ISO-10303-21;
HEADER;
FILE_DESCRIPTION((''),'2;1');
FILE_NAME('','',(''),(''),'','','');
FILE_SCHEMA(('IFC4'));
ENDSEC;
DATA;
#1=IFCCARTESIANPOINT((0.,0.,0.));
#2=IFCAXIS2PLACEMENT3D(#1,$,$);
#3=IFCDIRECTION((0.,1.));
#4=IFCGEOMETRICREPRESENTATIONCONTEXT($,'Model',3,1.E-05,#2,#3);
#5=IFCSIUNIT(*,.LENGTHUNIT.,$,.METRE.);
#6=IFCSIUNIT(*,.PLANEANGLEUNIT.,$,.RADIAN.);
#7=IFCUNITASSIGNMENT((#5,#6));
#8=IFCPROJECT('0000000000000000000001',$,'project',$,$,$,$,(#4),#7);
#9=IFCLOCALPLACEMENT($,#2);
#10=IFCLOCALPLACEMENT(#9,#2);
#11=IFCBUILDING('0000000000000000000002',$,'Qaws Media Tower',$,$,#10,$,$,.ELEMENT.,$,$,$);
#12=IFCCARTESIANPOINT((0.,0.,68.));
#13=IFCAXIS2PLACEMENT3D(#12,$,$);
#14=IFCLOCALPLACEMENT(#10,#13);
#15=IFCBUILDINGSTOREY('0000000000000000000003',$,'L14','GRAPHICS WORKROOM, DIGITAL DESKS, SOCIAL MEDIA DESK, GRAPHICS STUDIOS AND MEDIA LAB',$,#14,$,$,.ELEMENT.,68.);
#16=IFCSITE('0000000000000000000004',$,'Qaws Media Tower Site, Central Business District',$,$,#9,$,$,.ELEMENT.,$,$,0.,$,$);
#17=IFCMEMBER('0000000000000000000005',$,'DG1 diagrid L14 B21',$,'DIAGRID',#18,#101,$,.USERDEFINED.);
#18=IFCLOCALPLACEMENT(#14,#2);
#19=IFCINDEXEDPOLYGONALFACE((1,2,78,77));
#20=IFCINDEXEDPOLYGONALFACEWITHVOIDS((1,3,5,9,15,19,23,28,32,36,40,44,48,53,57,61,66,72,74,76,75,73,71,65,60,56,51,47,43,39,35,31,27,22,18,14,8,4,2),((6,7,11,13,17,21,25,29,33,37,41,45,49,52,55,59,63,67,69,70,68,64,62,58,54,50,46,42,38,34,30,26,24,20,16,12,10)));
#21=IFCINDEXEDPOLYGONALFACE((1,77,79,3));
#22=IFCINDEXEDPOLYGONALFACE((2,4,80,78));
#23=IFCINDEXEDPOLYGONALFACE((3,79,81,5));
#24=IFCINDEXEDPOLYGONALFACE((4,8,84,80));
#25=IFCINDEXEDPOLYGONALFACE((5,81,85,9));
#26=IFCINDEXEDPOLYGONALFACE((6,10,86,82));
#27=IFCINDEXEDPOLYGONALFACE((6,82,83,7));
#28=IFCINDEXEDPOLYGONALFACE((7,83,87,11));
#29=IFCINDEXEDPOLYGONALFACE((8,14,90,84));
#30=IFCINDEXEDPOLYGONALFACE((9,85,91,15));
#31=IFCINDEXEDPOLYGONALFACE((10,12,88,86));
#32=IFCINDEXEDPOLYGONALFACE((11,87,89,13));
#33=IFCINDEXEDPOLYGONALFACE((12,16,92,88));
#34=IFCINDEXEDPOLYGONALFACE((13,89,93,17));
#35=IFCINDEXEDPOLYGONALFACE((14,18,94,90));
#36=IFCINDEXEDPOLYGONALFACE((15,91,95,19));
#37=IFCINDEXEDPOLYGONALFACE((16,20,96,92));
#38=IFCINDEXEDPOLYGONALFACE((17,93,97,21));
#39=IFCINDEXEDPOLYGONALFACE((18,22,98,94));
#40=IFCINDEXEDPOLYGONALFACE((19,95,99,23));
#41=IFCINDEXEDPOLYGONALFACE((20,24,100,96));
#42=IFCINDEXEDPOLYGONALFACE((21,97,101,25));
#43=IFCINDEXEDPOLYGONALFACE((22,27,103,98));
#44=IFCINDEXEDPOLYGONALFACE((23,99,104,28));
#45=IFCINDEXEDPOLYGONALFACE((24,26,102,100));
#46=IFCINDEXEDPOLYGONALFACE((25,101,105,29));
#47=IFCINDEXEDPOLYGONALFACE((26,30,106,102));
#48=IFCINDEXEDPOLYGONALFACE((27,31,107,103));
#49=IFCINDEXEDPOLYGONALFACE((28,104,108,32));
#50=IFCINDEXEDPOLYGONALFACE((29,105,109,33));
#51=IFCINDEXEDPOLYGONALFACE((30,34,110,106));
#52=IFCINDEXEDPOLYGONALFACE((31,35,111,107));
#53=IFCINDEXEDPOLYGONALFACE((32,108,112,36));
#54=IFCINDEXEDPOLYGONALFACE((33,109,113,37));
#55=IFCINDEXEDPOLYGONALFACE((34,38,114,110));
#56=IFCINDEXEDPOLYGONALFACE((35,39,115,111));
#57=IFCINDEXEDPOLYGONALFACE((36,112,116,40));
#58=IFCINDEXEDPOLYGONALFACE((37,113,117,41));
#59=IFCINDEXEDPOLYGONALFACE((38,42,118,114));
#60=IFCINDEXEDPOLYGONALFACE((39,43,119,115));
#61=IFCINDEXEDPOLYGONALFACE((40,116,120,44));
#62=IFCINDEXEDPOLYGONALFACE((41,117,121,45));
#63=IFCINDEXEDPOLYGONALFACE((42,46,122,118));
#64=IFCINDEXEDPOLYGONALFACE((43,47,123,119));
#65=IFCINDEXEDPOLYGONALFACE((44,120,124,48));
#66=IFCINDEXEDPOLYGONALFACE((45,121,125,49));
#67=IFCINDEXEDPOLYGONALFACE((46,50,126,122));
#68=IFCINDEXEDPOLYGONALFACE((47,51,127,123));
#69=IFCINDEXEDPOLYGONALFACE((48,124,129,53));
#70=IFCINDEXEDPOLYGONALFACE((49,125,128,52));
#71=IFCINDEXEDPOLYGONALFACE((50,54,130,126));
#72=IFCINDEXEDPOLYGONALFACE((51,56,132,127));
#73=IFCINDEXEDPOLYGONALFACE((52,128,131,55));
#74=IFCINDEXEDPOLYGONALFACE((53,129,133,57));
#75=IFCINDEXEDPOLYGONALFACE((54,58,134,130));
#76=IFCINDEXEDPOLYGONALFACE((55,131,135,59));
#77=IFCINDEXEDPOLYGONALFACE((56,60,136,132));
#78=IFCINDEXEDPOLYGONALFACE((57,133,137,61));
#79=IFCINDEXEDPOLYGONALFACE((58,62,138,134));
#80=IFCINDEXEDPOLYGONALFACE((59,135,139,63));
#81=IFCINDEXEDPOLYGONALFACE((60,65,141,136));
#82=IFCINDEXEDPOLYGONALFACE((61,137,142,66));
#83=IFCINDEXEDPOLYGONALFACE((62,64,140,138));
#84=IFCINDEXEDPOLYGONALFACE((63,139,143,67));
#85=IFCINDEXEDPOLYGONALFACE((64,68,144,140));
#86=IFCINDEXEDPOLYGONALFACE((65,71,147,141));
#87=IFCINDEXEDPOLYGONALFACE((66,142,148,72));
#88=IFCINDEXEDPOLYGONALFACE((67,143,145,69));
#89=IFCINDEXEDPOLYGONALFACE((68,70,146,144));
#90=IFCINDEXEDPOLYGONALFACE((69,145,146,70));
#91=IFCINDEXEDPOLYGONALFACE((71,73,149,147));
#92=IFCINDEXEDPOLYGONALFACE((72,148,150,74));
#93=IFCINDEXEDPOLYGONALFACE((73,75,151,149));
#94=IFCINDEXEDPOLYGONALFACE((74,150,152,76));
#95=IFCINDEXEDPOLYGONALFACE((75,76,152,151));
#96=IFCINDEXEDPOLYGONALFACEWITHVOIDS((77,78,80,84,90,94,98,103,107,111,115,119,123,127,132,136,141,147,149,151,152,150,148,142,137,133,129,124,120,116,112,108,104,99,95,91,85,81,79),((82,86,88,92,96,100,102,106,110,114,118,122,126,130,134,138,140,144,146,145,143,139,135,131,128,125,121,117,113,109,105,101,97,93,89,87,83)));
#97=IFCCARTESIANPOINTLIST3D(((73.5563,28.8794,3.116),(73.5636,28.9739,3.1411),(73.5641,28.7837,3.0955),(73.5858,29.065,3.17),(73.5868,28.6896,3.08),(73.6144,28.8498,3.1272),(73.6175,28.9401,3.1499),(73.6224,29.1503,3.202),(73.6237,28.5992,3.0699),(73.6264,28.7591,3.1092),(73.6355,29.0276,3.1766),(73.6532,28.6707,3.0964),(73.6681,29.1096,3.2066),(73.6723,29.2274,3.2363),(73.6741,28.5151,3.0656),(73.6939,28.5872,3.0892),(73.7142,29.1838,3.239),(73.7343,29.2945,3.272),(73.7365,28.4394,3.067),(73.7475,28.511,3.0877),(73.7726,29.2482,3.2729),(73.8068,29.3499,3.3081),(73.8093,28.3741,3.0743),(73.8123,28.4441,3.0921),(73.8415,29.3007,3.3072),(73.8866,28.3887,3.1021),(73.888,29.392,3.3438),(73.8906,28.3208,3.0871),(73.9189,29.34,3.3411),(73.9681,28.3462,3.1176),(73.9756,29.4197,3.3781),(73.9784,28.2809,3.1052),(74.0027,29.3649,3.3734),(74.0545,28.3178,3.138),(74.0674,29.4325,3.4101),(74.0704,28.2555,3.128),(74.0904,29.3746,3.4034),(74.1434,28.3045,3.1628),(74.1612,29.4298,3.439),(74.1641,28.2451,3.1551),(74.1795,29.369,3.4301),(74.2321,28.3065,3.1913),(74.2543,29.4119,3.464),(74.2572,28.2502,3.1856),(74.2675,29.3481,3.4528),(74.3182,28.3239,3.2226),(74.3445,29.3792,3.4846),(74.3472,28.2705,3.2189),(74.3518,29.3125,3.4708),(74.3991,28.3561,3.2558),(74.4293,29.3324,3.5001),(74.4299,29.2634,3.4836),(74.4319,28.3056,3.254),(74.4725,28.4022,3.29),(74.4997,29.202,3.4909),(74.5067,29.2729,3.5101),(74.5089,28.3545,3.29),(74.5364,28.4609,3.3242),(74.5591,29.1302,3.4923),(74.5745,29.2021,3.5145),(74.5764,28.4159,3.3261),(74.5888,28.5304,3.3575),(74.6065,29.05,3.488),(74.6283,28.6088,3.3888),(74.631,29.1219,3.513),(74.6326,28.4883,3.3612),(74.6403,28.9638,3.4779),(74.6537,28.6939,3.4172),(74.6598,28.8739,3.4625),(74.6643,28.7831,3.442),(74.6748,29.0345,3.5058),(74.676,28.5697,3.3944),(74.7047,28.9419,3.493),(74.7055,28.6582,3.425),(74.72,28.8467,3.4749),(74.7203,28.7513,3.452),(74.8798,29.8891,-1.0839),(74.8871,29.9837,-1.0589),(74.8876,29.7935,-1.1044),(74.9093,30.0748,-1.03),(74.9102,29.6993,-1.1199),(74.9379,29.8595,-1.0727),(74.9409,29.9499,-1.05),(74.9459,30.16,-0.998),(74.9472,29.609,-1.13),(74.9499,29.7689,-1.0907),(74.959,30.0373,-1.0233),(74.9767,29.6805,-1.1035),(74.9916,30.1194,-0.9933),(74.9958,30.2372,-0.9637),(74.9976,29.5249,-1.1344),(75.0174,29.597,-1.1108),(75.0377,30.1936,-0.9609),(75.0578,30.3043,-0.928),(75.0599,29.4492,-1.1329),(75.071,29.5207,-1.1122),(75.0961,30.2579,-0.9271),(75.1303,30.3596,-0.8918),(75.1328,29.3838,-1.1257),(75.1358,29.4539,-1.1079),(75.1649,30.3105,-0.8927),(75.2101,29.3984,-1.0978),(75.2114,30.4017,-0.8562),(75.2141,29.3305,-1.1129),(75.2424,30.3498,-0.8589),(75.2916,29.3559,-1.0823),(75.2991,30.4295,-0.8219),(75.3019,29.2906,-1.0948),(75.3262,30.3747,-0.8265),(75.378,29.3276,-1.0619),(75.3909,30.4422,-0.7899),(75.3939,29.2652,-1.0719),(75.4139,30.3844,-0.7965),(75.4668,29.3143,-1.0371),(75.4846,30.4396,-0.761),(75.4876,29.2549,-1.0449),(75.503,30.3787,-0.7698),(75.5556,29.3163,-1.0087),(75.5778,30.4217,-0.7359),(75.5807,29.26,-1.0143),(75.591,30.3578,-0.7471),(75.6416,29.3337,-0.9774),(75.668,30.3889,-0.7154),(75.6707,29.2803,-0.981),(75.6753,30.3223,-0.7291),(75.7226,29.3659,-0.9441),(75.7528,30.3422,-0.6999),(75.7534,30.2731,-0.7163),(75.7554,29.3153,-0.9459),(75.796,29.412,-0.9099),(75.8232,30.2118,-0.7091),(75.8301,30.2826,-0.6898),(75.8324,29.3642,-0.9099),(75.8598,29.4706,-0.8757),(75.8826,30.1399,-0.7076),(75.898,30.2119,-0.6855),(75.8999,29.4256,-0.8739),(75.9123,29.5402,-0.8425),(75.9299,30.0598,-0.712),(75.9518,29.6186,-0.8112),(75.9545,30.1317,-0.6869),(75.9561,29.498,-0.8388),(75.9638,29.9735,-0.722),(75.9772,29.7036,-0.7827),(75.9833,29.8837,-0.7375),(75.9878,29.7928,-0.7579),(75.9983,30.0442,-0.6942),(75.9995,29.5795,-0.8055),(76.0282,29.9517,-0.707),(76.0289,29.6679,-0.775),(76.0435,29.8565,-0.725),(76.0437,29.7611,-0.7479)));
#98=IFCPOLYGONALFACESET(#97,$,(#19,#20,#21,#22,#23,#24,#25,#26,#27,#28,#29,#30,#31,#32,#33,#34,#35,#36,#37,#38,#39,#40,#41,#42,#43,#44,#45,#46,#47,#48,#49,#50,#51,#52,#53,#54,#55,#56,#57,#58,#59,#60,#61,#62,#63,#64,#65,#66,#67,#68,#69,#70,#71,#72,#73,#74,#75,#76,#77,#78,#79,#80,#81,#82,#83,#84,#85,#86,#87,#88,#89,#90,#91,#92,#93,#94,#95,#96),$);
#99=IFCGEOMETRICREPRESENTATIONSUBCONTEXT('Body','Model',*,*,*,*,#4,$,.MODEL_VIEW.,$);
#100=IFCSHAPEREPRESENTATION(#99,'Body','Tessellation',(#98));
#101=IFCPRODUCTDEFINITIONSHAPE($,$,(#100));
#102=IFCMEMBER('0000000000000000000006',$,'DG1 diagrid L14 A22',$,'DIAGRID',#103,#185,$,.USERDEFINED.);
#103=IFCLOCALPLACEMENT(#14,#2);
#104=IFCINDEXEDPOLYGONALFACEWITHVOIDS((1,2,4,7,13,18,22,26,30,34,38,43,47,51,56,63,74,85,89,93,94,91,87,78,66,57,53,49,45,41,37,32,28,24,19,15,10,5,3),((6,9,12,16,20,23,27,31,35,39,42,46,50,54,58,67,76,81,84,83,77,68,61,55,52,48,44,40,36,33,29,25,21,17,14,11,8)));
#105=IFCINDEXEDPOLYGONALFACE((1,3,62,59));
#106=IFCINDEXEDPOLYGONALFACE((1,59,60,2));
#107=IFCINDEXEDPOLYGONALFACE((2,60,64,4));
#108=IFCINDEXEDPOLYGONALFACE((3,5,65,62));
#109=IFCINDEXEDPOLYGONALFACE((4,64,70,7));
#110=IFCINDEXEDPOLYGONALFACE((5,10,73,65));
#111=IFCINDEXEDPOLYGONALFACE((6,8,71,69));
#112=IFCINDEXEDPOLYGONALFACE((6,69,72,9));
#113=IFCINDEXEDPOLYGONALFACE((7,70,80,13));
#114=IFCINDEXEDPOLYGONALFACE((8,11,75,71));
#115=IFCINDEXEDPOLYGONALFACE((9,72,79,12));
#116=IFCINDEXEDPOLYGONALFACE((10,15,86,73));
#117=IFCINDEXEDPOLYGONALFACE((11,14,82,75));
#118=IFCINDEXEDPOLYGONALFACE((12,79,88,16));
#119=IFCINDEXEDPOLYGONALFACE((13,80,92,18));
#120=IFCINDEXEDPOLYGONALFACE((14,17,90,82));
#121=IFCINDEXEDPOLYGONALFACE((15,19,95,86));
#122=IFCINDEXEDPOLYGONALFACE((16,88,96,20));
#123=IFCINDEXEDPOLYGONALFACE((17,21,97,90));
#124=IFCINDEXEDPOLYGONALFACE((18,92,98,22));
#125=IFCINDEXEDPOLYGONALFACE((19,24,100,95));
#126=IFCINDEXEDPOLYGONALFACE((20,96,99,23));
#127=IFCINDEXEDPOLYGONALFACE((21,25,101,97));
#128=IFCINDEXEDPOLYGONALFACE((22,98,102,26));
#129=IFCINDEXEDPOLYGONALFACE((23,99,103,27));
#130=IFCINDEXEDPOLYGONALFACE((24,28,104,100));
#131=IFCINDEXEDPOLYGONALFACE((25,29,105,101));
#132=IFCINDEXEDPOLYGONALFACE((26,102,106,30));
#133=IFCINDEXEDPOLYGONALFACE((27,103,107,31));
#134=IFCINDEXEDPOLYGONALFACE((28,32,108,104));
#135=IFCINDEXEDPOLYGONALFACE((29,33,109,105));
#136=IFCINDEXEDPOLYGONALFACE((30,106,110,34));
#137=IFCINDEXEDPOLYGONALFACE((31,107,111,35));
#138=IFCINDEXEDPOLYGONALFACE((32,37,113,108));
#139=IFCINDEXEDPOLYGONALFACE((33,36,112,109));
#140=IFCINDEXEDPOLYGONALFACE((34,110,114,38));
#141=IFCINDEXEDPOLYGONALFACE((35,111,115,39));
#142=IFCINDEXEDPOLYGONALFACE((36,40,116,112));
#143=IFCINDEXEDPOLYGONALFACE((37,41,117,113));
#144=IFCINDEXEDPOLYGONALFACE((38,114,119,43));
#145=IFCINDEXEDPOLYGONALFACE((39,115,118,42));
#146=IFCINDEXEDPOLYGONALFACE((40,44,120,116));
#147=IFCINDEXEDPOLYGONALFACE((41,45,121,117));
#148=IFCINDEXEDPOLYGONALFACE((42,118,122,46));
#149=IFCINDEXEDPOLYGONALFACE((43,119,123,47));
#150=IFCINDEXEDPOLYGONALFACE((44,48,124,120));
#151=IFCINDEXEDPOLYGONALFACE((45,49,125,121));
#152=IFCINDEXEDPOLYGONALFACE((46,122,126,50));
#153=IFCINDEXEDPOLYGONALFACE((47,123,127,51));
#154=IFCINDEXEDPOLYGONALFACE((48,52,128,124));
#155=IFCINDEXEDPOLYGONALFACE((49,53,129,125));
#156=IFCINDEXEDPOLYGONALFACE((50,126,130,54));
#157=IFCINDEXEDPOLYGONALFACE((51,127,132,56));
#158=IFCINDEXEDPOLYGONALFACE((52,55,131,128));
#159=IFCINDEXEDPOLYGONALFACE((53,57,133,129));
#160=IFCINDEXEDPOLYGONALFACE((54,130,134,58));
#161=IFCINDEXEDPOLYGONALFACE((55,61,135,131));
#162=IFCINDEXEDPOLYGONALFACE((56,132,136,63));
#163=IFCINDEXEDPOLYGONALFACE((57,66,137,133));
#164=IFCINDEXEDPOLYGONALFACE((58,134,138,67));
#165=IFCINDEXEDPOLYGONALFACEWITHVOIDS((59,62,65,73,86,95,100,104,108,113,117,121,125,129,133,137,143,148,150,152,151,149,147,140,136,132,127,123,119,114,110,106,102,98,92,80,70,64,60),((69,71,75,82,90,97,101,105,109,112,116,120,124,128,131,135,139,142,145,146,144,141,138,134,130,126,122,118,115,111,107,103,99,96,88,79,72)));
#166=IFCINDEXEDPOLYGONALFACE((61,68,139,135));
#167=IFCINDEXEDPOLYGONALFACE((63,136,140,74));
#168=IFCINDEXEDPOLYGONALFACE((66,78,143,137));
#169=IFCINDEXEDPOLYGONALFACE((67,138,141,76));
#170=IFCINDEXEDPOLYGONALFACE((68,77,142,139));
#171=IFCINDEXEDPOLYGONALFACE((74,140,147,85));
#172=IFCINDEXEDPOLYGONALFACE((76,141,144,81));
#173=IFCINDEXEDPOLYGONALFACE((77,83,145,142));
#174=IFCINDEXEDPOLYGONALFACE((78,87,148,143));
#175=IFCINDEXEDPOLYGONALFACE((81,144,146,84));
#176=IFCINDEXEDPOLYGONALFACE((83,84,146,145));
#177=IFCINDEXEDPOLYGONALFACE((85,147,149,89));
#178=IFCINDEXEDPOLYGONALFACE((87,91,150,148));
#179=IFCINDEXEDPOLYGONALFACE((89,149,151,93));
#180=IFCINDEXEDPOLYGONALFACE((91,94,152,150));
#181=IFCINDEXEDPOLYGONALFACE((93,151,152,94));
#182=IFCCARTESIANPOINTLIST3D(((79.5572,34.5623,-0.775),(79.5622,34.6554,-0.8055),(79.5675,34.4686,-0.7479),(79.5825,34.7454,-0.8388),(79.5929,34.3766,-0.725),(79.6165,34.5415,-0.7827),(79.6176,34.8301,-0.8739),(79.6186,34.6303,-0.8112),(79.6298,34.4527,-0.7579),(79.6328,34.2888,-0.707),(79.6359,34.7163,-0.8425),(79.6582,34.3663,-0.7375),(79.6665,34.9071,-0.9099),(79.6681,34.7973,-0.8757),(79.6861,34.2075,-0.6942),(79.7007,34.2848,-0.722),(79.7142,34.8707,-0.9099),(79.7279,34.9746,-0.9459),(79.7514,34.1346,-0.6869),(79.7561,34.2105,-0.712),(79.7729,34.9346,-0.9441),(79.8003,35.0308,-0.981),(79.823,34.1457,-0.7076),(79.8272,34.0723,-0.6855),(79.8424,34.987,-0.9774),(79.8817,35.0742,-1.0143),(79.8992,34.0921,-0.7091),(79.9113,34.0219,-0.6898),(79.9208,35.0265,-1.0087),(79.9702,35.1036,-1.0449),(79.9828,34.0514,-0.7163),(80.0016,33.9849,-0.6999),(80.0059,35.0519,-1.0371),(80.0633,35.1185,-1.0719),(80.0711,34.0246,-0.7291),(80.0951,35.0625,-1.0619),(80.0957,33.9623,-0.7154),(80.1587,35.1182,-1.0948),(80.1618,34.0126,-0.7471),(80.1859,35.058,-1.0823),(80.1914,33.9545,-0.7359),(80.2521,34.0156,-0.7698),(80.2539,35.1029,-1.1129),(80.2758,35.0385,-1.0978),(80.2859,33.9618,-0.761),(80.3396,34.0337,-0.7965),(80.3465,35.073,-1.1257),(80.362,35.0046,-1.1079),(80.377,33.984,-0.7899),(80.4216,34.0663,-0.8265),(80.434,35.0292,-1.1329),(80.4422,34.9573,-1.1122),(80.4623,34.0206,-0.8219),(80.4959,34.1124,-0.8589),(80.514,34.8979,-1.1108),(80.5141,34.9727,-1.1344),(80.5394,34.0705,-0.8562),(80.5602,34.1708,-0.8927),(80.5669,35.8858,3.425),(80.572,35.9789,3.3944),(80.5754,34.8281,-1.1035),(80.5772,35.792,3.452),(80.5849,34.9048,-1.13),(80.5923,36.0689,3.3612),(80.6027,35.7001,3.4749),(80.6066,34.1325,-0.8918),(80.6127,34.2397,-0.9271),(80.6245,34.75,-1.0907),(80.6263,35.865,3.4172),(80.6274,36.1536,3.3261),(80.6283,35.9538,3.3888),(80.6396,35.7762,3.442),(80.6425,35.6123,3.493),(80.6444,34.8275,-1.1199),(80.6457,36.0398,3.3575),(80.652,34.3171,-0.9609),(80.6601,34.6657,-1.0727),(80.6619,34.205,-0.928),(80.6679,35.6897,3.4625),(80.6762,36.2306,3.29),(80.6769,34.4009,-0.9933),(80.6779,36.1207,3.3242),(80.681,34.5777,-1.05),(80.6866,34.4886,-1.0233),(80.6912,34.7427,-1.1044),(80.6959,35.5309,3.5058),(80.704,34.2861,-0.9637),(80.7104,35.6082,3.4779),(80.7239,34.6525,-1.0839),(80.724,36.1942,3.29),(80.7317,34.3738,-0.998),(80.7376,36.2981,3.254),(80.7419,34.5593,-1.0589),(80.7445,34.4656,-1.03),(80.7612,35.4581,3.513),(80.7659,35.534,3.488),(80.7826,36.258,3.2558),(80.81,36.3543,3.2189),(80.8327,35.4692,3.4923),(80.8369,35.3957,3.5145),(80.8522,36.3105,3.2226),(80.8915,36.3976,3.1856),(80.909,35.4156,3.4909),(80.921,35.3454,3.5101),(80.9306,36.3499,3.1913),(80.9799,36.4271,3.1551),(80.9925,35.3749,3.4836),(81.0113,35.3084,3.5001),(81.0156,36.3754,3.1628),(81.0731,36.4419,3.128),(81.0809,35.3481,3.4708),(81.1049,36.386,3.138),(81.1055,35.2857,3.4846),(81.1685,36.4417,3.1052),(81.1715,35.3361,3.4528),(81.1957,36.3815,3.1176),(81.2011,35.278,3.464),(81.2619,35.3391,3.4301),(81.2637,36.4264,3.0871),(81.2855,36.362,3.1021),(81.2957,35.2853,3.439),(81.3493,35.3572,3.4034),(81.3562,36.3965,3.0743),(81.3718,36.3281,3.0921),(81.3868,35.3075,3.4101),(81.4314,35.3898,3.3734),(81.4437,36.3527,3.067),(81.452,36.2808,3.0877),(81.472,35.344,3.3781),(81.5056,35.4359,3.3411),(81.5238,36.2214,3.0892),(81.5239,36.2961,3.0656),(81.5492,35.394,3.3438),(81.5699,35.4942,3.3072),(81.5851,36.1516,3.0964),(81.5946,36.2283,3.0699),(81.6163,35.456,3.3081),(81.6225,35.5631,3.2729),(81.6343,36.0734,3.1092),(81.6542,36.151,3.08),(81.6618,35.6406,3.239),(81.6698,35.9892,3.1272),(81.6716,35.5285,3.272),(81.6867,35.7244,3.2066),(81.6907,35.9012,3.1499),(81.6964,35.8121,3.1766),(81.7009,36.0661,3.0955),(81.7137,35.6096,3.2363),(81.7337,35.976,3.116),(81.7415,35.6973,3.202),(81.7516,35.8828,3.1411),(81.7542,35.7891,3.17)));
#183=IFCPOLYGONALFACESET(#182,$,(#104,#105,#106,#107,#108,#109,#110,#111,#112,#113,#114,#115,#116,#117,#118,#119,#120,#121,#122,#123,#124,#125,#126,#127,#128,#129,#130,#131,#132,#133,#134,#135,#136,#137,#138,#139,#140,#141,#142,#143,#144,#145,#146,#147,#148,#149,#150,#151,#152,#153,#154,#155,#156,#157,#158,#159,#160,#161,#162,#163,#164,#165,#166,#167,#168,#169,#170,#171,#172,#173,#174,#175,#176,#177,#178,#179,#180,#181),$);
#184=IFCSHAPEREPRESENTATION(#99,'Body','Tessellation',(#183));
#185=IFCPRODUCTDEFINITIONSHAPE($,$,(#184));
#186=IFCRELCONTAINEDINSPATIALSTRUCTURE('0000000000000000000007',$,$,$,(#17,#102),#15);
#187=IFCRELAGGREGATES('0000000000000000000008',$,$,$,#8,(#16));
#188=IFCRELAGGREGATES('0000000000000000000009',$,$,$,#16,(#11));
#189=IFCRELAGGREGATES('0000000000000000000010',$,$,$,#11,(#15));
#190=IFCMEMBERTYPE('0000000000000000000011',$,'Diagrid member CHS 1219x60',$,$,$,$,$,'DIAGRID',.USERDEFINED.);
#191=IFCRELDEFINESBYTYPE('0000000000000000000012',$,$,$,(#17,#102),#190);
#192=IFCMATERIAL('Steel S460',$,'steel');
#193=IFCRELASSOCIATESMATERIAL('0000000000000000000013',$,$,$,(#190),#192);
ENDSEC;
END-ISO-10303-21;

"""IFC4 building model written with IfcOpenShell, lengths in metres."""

from ifc_helpers import new_model, si_unit, direction, frame, origin, origin_2d, place, context, subcontext, project, spatial, hollow_circle, extrude, material, material_profile, profile_set, type_object, element, save


model = new_model("IFC4")

# Units and contexts
model_context = context("Model", 3, precision=1e-05, world=origin(), true_north=direction((0.0, 1.0)))
body_context = subcontext(model_context, "Body", "Model", "MODEL_VIEW")
ifc_project = project(units=[si_unit("LENGTHUNIT", "METRE"), si_unit("PLANEANGLEUNIT", "RADIAN")], contexts=[model_context])

# Site, building, storey
site_placement = place(None, origin())
site = spatial("IfcSite", under=ifc_project, at=site_placement, Name="Qaws Media Tower Site, Central Business District", CompositionType="ELEMENT", RefElevation=0.0)
building_placement = place(site_placement, origin())
building = spatial("IfcBuilding", under=site, at=building_placement, Name="Qaws Media Tower", CompositionType="ELEMENT")
storey_placement = place(building_placement, frame((0.0, 0.0, 68.0)))
storey = spatial("IfcBuildingStorey", under=building, at=storey_placement, Name="L14", Description="GRAPHICS WORKROOM, DIGITAL DESKS, SOCIAL MEDIA DESK, GRAPHICS STUDIOS AND MEDIA LAB", CompositionType="ELEMENT", Elevation=68.0)

# Members
ifc_material_1 = material(Name="Steel S460", Category="steel")
ifc_material_profile_1 = material_profile(ifc_material_1, hollow_circle(Radius=0.6096, WallThickness=0.0601, at=origin_2d()), Name="CHS 1219x60")
ifc_profile_set_1 = profile_set([ifc_material_profile_1], Name="Steel S460")
member_type_1 = type_object("IfcMemberType", Name="Diagrid member CHS 1219x60", ElementType="DIAGRID", PredefinedType="USERDEFINED", material=ifc_profile_set_1)
for number, where, z_axis, x_axis, name in (
    (1, (75.4626, 29.8489, -0.9099), (-0.292947, -0.223507, 0.929638), (0.606573, -0.795028, 0.0), "DG1 diagrid L14 B21"),
    (2, (80.1511, 34.5374, -0.9099), (0.223507, 0.292947, 0.929638), (-0.795028, 0.606573, 0.0), "DG1 diagrid L14 A22"),
):
    element("IfcMember", number, at=place(storey_placement, frame(where, z_axis=z_axis, x_axis=x_axis)), inside=storey, type_object=member_type_1, Name=name, ObjectType="DIAGRID", PredefinedType="USERDEFINED", context=body_context, shape_type="SweptSolid", body=[
        extrude(hollow_circle(Radius=0.6096, WallThickness=0.0601, at=origin_2d()), origin(), (0.0, 0.0, 1.0), 4.5178),
    ])

save(model, "model.ifc")
